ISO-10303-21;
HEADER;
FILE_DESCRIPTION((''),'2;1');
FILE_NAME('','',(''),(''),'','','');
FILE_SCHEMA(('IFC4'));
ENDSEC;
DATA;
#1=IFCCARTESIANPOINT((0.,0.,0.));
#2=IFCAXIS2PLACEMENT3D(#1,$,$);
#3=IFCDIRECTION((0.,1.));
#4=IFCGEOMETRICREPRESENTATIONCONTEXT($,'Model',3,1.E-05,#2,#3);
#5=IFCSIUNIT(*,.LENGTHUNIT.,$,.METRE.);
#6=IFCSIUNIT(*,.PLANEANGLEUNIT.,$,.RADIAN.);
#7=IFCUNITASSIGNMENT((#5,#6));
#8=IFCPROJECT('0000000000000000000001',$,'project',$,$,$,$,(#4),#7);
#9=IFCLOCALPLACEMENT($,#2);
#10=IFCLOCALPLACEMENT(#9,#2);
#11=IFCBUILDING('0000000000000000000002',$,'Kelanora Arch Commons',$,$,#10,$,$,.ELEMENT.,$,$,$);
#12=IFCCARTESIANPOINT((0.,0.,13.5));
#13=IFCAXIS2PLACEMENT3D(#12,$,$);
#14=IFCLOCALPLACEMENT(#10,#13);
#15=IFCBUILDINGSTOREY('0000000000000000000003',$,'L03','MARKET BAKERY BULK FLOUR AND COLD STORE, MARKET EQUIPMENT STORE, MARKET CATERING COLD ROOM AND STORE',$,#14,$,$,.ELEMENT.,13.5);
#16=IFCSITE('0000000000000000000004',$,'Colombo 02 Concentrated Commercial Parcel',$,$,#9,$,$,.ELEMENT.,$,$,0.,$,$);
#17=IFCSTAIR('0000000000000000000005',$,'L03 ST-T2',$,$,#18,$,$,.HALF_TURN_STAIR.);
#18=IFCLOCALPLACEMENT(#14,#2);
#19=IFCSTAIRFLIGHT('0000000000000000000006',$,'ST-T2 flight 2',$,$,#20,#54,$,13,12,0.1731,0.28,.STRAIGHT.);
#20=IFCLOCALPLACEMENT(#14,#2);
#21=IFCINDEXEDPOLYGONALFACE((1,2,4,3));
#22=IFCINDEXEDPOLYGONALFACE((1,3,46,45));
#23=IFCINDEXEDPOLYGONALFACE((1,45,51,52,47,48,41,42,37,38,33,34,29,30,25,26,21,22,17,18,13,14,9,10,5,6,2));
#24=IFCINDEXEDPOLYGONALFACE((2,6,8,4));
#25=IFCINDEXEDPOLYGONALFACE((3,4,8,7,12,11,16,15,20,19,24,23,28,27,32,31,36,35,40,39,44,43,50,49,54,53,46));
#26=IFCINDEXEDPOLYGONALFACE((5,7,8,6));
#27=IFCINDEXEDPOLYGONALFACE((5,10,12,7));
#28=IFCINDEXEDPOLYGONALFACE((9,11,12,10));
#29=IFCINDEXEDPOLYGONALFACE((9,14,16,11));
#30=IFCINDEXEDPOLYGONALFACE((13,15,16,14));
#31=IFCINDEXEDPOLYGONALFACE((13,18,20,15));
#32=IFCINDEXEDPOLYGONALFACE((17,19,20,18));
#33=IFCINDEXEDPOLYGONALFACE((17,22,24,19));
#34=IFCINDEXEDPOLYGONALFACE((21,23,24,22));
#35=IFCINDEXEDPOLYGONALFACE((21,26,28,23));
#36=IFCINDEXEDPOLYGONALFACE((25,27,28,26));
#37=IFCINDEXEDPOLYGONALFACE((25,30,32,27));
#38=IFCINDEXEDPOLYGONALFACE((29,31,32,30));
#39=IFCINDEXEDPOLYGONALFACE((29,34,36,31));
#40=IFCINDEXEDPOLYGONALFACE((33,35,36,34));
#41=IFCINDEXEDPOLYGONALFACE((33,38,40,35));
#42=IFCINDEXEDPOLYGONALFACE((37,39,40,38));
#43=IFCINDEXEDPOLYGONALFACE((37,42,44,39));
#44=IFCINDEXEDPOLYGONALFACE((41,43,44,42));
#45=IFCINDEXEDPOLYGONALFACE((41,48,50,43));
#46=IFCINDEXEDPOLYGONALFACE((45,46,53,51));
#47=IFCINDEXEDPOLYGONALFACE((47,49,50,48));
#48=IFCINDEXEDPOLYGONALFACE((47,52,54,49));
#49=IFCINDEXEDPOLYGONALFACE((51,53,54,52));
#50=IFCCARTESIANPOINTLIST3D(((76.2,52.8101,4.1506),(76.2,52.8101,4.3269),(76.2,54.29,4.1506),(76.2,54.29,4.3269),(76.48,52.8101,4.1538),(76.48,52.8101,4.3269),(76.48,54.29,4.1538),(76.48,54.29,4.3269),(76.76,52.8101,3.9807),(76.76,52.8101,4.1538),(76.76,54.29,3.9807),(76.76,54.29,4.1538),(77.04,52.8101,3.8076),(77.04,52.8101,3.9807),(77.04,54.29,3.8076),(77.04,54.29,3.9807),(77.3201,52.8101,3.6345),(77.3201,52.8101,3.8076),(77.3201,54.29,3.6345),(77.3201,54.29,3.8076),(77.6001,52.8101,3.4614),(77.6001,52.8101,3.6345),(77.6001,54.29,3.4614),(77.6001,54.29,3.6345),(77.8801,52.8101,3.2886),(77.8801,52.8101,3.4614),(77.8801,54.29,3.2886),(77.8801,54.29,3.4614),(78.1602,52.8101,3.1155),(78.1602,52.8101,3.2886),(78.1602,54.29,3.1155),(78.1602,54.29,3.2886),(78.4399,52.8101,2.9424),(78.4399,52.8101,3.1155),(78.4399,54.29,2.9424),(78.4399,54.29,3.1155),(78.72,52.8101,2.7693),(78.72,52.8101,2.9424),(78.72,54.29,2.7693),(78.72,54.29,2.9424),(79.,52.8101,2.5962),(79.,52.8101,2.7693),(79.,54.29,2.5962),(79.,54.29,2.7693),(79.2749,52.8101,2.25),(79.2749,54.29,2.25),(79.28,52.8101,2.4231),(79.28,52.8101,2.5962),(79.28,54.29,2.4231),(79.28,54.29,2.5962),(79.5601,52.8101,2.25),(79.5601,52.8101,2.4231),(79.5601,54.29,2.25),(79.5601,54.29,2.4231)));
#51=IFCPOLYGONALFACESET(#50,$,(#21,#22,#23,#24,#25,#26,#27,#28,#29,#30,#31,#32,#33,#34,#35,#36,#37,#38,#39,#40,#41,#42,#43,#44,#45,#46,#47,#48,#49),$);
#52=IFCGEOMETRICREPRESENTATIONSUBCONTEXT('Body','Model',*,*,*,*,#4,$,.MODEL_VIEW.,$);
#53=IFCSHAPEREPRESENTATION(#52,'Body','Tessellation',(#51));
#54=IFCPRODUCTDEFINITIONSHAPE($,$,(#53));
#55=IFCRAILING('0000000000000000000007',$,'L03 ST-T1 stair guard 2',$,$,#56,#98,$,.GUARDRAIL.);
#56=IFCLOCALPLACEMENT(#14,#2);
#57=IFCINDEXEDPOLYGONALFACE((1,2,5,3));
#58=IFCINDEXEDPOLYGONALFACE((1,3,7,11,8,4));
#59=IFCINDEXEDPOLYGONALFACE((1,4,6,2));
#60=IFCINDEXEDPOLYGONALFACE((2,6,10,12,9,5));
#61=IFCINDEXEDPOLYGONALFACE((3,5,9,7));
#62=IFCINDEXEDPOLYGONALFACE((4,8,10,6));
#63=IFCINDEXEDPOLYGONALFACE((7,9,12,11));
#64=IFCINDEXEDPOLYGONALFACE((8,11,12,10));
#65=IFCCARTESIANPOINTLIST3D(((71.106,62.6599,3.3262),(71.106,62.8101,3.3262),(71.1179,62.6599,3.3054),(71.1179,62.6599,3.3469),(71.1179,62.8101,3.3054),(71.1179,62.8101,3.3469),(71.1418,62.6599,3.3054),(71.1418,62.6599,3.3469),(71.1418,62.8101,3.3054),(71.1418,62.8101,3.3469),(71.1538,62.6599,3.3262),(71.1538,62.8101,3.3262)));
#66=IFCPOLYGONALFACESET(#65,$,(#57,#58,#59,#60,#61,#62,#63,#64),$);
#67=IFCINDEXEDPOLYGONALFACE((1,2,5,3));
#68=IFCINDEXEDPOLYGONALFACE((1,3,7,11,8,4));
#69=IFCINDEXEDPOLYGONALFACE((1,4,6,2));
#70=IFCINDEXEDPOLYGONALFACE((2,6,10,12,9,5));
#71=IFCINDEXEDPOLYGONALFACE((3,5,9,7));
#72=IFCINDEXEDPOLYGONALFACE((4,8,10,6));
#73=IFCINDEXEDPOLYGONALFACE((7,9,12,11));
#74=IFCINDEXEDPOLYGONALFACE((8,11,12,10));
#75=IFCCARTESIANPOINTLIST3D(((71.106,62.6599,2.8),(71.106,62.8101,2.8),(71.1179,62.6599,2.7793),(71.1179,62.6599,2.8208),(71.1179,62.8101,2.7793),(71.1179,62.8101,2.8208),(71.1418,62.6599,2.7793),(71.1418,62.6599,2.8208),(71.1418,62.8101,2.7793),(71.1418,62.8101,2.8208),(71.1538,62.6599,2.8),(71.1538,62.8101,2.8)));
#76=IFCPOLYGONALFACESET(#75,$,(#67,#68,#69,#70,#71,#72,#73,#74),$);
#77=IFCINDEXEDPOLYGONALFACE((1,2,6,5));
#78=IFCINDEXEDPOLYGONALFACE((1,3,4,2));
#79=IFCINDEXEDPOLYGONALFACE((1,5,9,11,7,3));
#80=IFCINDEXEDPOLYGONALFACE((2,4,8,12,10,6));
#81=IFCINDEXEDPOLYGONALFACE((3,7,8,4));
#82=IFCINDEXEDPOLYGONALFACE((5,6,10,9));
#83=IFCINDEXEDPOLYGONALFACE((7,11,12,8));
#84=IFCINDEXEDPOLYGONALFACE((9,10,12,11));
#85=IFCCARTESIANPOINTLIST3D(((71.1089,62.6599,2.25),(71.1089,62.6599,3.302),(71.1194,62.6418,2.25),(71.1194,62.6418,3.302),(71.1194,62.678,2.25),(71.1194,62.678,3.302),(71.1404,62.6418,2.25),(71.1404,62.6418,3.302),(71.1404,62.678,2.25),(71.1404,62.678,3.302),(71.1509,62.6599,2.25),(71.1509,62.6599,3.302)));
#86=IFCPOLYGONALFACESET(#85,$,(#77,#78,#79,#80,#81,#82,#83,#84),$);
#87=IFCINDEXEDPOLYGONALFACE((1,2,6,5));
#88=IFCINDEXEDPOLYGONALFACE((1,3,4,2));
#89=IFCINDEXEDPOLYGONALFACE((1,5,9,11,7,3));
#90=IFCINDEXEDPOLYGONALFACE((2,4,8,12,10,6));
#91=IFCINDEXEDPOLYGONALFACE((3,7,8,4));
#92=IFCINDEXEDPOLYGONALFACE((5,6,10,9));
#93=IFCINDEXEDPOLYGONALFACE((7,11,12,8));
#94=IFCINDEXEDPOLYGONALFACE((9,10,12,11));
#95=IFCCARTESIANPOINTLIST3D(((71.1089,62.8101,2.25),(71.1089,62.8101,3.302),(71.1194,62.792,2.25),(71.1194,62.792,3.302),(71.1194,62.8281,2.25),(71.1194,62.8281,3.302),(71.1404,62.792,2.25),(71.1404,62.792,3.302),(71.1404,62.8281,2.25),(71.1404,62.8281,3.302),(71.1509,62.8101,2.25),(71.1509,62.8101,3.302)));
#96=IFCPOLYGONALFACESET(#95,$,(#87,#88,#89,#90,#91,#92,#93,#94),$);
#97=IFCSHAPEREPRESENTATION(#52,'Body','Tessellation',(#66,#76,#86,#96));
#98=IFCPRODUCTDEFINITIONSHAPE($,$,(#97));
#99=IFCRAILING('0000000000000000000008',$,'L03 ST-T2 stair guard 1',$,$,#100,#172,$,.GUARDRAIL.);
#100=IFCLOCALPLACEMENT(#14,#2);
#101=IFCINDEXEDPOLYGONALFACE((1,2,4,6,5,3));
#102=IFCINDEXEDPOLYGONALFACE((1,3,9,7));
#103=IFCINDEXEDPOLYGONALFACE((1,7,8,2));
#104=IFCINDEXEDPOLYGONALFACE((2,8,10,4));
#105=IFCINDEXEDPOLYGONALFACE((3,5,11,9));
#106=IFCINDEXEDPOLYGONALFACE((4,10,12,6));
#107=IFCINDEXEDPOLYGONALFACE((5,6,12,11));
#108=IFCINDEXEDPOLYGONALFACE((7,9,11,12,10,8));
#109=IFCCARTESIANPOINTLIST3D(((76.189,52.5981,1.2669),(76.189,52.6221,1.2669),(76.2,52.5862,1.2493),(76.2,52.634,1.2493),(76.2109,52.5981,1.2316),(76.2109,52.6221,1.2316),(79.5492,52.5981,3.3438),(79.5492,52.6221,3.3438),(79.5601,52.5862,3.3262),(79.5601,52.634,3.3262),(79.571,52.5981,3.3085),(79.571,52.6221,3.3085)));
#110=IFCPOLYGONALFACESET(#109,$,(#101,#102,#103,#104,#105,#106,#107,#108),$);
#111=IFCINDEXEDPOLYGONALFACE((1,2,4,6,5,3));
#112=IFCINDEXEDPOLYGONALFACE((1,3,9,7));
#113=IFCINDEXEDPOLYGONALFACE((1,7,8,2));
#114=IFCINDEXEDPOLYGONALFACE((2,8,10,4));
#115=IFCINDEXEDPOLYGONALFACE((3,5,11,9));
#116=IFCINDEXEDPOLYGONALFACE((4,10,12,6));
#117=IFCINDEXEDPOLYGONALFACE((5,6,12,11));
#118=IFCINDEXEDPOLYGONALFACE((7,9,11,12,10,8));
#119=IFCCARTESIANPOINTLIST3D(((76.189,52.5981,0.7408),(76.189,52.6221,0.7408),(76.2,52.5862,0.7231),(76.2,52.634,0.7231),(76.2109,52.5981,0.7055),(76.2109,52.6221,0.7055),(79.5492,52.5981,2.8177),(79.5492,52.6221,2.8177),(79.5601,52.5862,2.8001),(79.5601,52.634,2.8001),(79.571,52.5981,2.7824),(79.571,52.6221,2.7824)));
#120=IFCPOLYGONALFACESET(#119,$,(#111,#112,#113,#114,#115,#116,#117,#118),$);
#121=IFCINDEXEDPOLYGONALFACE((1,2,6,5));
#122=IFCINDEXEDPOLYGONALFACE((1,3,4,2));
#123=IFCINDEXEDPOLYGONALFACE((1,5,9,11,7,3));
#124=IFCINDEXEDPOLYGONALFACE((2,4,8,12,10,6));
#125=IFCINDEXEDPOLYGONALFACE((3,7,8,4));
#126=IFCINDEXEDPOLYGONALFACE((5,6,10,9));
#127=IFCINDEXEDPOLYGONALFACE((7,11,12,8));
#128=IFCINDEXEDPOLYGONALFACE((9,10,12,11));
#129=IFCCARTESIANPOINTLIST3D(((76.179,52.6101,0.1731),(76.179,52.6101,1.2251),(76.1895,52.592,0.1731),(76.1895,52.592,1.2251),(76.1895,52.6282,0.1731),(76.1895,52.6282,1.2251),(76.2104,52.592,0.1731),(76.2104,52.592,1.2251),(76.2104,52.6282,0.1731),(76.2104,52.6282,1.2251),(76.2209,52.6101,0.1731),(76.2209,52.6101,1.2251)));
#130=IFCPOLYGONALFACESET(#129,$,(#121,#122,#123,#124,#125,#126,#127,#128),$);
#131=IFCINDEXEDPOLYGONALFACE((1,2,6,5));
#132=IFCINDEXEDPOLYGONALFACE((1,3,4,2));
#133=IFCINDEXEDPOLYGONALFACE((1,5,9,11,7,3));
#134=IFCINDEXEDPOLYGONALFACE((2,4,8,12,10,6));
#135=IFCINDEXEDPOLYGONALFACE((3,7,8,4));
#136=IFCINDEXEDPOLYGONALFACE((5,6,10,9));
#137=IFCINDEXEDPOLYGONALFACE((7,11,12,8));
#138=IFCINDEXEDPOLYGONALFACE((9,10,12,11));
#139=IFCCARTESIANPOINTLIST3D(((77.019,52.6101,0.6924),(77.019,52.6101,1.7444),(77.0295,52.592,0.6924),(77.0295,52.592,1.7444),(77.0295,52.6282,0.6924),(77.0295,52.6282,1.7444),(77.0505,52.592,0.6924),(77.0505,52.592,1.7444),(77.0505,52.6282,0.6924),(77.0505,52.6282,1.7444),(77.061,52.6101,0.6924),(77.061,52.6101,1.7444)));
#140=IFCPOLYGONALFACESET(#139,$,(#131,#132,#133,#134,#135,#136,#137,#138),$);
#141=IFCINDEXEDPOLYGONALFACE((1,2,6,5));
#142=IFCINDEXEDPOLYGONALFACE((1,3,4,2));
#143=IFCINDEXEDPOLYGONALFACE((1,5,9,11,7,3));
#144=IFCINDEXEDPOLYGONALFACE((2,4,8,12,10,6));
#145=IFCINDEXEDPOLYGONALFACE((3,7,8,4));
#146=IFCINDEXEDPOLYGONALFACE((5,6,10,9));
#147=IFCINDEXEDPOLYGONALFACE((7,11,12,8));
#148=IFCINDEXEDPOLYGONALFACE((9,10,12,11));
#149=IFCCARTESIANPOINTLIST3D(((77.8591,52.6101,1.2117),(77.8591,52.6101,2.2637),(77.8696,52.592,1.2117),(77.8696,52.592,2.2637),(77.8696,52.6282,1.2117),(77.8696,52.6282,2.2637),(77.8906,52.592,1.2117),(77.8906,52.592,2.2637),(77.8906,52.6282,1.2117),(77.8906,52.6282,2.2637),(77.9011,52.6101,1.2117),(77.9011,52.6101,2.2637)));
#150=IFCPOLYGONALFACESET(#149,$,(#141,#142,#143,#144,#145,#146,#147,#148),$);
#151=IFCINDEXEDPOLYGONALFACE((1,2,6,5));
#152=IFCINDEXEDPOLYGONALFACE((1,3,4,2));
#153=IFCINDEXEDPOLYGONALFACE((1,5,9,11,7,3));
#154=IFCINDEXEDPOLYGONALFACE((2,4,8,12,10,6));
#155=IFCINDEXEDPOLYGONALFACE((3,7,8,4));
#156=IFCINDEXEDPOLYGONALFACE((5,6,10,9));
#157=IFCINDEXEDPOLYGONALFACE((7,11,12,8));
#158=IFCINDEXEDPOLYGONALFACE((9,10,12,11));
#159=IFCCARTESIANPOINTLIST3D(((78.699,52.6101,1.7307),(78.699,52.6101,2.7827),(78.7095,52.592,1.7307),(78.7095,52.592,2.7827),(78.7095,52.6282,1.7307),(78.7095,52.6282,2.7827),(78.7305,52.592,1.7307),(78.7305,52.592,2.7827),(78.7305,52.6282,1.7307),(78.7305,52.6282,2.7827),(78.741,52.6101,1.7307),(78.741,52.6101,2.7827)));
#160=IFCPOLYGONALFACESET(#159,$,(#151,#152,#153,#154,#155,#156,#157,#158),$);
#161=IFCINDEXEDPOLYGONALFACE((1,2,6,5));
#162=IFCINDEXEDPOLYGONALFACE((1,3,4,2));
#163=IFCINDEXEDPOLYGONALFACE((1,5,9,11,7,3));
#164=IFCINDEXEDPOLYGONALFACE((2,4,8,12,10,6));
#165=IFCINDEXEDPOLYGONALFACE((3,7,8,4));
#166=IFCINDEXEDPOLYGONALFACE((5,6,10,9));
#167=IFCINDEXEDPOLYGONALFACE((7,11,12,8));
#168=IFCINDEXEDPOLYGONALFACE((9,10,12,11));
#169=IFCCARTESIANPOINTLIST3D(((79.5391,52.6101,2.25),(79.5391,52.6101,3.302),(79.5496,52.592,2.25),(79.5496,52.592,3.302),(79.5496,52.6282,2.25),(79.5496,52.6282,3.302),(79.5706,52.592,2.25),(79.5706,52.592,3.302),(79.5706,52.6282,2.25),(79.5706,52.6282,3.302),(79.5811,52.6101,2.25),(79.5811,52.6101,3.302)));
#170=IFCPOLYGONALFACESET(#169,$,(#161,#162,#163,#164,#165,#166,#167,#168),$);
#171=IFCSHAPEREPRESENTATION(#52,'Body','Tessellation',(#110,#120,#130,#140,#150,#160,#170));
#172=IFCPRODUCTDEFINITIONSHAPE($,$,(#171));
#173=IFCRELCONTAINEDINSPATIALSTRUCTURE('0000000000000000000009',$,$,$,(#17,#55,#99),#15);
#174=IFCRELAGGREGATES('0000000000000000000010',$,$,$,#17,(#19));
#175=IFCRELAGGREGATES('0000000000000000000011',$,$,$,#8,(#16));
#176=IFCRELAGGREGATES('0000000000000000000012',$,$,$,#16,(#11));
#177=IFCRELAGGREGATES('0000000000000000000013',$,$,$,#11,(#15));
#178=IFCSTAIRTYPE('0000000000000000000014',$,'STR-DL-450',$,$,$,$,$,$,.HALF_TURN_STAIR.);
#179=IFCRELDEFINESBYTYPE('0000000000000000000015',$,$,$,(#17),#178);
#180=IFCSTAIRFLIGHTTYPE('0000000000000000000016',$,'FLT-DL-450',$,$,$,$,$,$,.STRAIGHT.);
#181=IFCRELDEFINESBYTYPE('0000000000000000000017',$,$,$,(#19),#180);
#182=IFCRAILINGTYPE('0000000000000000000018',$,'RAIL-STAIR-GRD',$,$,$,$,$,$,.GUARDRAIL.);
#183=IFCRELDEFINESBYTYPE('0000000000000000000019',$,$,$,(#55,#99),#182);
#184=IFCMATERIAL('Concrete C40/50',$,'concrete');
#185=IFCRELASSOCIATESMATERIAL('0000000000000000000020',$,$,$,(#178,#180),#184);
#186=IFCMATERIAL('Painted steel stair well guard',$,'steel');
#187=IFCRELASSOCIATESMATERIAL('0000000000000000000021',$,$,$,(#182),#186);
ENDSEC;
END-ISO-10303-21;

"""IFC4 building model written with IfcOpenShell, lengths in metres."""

from ifc_helpers import new_model, si_unit, direction, frame, origin, place, context, subcontext, project, spatial, polyline, outline, extrude, material, type_object, element, aggregate, save


model = new_model("IFC4")

# Units and contexts
model_context = context("Model", 3, precision=1e-05, world=origin(), true_north=direction((0.0, 1.0)))
body_context = subcontext(model_context, "Body", "Model", "MODEL_VIEW")
ifc_project = project(units=[si_unit("LENGTHUNIT", "METRE"), si_unit("PLANEANGLEUNIT", "RADIAN")], contexts=[model_context])

# Site, building, storey
site_placement = place(None, origin())
site = spatial("IfcSite", under=ifc_project, at=site_placement, Name="Colombo 02 Concentrated Commercial Parcel", CompositionType="ELEMENT", RefElevation=0.0)
building_placement = place(site_placement, origin())
building = spatial("IfcBuilding", under=site, at=building_placement, Name="Kelanora Arch Commons", CompositionType="ELEMENT")
storey_placement = place(building_placement, frame((0.0, 0.0, 13.5)))
storey = spatial("IfcBuildingStorey", under=building, at=storey_placement, Name="L03", Description="MARKET BAKERY BULK FLOUR AND COLD STORE, MARKET EQUIPMENT STORE, MARKET CATERING COLD ROOM AND STORE", CompositionType="ELEMENT", Elevation=13.5)

# Shared definitions
ifc_material_1 = material(Name="Concrete C40/50", Category="concrete")

# Stair, stair flight
stair_type = type_object("IfcStairType", Name="STR-DL-450", PredefinedType="HALF_TURN_STAIR", material=ifc_material_1)
stair_placement = place(storey_placement, origin())
stair = element("IfcStair", 1, at=stair_placement, inside=storey, type_object=stair_type, Name="L03 ST-T2", PredefinedType="HALF_TURN_STAIR")
stair_flight_type = type_object("IfcStairFlightType", Name="FLT-DL-450", PredefinedType="STRAIGHT", material=ifc_material_1)
stair_flight_1_placement = place(storey_placement, frame((79.5601, 53.55, 2.25), z_axis=(0.0, 0.0, 1.0), x_axis=(-1.0, 0.0, 0.0)))
stair_flight_1 = element("IfcStairFlight", 2, at=stair_flight_1_placement, type_object=stair_flight_type, Name="ST-T2 flight 2", NumberOfRisers=13, NumberOfTreads=12, PredefinedType="STRAIGHT", RiserHeight=0.1731, TreadLength=0.28, context=body_context, shape_type="SweptSolid", body=[
    extrude(outline(polyline([(0.0, 0.0), (0.0, 0.1731), (0.28, 0.1731), (0.28, 0.3462), (0.5601, 0.3462), (0.5601, 0.5193), (0.8401, 0.5193), (0.8401, 0.6924), (1.1201, 0.6924), (1.1201, 0.8655), (1.3999, 0.8655), (1.3999, 1.0386), (1.6799, 1.0386), (1.6799, 1.2114), (1.96, 1.2114), (1.96, 1.3845), (2.24, 1.3845), (2.24, 1.5576), (2.52, 1.5576), (2.52, 1.7307), (2.8, 1.7307), (2.8, 1.9038), (3.0801, 1.9038), (3.0801, 2.0769), (3.3601, 2.0769), (3.3601, 2.25), (3.3601, 1.9006), (0.2852, 0.0), (0.0, 0.0)])), frame((0.0, 0.74, 0.0), z_axis=(0.0, -1.0, 0.0), x_axis=(1.0, 0.0, 0.0)), (0.0, 0.0, 1.0), 1.48),
])
aggregate(stair, [stair_flight_1])

# Railings
ifc_material_2 = material(Name="Painted steel stair well guard", Category="steel")
railing_type_1 = type_object("IfcRailingType", Name="RAIL-STAIR-GRD", PredefinedType="GUARDRAIL", material=ifc_material_2)
railing_1_placement = place(storey_placement, frame((71.1299, 62.6599, 2.25)))
element("IfcRailing", 3, at=railing_1_placement, inside=storey, type_object=railing_type_1, Name="L03 ST-T1 stair guard 2", PredefinedType="GUARDRAIL", context=body_context, shape_type="SweptSolid", body=[
    extrude(outline(polyline([(0.0239, 0.0), (0.012, 0.0208), (-0.012, 0.0208), (-0.0239, 0.0), (-0.012, -0.0208), (0.012, -0.0208), (0.0239, 0.0)])), frame((0.0, 0.0, 1.0762), z_axis=(0.0, 1.0, 0.0), x_axis=(-1.0, 0.0, 0.0)), (0.0, 0.0, 1.0), 0.1501),
    extrude(outline(polyline([(0.0239, 0.0), (0.012, 0.0208), (-0.012, 0.0208), (-0.0239, 0.0), (-0.012, -0.0208), (0.012, -0.0208), (0.0239, 0.0)])), frame((0.0, 0.0, 0.55), z_axis=(0.0, 1.0, 0.0), x_axis=(-1.0, 0.0, 0.0)), (0.0, 0.0, 1.0), 0.1501),
    extrude(outline(polyline([(0.021, 0.0), (0.0105, 0.0181), (-0.0105, 0.0181), (-0.021, 0.0), (-0.0105, -0.0181), (0.0105, -0.0181), (0.021, 0.0)])), origin(), (0.0, 0.0, 1.0), 1.052),
    extrude(outline(polyline([(0.021, 0.0), (0.0105, 0.0181), (-0.0105, 0.0181), (-0.021, 0.0), (-0.0105, -0.0181), (0.0105, -0.0181), (0.021, 0.0)])), frame((0.0, 0.1501, 0.0)), (0.0, 0.0, 1.0), 1.052),
])
railing_2_placement = place(storey_placement, frame((76.2, 52.6101, 0.1731)))
element("IfcRailing", 4, at=railing_2_placement, inside=storey, type_object=railing_type_1, Name="L03 ST-T2 stair guard 1", PredefinedType="GUARDRAIL", context=body_context, shape_type="SweptSolid", body=[
    extrude(outline(polyline([(0.0239, 0.0), (0.012, 0.0208), (-0.012, 0.0208), (-0.0239, 0.0), (-0.012, -0.0208), (0.012, -0.0208), (0.0239, 0.0)])), frame((0.0, 0.0, 1.0762), z_axis=(0.850623, 0.0, 0.525776), x_axis=(0.0, 1.0, 0.0)), (0.0, 0.0, 1.0), 3.9502),
    extrude(outline(polyline([(0.0239, 0.0), (0.012, 0.0208), (-0.012, 0.0208), (-0.0239, 0.0), (-0.012, -0.0208), (0.012, -0.0208), (0.0239, 0.0)])), frame((0.0, 0.0, 0.55), z_axis=(0.850623, 0.0, 0.525776), x_axis=(0.0, 1.0, 0.0)), (0.0, 0.0, 1.0), 3.9502),
    extrude(outline(polyline([(0.021, 0.0), (0.0105, 0.0181), (-0.0105, 0.0181), (-0.021, 0.0), (-0.0105, -0.0181), (0.0105, -0.0181), (0.021, 0.0)])), origin(), (0.0, 0.0, 1.0), 1.052),
    extrude(outline(polyline([(0.021, 0.0), (0.0105, 0.0181), (-0.0105, 0.0181), (-0.021, 0.0), (-0.0105, -0.0181), (0.0105, -0.0181), (0.021, 0.0)])), frame((0.8401, 0.0, 0.5193)), (0.0, 0.0, 1.0), 1.052),
    extrude(outline(polyline([(0.021, 0.0), (0.0105, 0.0181), (-0.0105, 0.0181), (-0.021, 0.0), (-0.0105, -0.0181), (0.0105, -0.0181), (0.021, 0.0)])), frame((1.6802, 0.0, 1.0386)), (0.0, 0.0, 1.0), 1.052),
    extrude(outline(polyline([(0.021, 0.0), (0.0105, 0.0181), (-0.0105, 0.0181), (-0.021, 0.0), (-0.0105, -0.0181), (0.0105, -0.0181), (0.021, 0.0)])), frame((2.52, 0.0, 1.5576)), (0.0, 0.0, 1.0), 1.052),
    extrude(outline(polyline([(0.021, 0.0), (0.0105, 0.0181), (-0.0105, 0.0181), (-0.021, 0.0), (-0.0105, -0.0181), (0.0105, -0.0181), (0.021, 0.0)])), frame((3.3601, 0.0, 2.0769)), (0.0, 0.0, 1.0), 1.052),
])

save(model, "model.ifc")
